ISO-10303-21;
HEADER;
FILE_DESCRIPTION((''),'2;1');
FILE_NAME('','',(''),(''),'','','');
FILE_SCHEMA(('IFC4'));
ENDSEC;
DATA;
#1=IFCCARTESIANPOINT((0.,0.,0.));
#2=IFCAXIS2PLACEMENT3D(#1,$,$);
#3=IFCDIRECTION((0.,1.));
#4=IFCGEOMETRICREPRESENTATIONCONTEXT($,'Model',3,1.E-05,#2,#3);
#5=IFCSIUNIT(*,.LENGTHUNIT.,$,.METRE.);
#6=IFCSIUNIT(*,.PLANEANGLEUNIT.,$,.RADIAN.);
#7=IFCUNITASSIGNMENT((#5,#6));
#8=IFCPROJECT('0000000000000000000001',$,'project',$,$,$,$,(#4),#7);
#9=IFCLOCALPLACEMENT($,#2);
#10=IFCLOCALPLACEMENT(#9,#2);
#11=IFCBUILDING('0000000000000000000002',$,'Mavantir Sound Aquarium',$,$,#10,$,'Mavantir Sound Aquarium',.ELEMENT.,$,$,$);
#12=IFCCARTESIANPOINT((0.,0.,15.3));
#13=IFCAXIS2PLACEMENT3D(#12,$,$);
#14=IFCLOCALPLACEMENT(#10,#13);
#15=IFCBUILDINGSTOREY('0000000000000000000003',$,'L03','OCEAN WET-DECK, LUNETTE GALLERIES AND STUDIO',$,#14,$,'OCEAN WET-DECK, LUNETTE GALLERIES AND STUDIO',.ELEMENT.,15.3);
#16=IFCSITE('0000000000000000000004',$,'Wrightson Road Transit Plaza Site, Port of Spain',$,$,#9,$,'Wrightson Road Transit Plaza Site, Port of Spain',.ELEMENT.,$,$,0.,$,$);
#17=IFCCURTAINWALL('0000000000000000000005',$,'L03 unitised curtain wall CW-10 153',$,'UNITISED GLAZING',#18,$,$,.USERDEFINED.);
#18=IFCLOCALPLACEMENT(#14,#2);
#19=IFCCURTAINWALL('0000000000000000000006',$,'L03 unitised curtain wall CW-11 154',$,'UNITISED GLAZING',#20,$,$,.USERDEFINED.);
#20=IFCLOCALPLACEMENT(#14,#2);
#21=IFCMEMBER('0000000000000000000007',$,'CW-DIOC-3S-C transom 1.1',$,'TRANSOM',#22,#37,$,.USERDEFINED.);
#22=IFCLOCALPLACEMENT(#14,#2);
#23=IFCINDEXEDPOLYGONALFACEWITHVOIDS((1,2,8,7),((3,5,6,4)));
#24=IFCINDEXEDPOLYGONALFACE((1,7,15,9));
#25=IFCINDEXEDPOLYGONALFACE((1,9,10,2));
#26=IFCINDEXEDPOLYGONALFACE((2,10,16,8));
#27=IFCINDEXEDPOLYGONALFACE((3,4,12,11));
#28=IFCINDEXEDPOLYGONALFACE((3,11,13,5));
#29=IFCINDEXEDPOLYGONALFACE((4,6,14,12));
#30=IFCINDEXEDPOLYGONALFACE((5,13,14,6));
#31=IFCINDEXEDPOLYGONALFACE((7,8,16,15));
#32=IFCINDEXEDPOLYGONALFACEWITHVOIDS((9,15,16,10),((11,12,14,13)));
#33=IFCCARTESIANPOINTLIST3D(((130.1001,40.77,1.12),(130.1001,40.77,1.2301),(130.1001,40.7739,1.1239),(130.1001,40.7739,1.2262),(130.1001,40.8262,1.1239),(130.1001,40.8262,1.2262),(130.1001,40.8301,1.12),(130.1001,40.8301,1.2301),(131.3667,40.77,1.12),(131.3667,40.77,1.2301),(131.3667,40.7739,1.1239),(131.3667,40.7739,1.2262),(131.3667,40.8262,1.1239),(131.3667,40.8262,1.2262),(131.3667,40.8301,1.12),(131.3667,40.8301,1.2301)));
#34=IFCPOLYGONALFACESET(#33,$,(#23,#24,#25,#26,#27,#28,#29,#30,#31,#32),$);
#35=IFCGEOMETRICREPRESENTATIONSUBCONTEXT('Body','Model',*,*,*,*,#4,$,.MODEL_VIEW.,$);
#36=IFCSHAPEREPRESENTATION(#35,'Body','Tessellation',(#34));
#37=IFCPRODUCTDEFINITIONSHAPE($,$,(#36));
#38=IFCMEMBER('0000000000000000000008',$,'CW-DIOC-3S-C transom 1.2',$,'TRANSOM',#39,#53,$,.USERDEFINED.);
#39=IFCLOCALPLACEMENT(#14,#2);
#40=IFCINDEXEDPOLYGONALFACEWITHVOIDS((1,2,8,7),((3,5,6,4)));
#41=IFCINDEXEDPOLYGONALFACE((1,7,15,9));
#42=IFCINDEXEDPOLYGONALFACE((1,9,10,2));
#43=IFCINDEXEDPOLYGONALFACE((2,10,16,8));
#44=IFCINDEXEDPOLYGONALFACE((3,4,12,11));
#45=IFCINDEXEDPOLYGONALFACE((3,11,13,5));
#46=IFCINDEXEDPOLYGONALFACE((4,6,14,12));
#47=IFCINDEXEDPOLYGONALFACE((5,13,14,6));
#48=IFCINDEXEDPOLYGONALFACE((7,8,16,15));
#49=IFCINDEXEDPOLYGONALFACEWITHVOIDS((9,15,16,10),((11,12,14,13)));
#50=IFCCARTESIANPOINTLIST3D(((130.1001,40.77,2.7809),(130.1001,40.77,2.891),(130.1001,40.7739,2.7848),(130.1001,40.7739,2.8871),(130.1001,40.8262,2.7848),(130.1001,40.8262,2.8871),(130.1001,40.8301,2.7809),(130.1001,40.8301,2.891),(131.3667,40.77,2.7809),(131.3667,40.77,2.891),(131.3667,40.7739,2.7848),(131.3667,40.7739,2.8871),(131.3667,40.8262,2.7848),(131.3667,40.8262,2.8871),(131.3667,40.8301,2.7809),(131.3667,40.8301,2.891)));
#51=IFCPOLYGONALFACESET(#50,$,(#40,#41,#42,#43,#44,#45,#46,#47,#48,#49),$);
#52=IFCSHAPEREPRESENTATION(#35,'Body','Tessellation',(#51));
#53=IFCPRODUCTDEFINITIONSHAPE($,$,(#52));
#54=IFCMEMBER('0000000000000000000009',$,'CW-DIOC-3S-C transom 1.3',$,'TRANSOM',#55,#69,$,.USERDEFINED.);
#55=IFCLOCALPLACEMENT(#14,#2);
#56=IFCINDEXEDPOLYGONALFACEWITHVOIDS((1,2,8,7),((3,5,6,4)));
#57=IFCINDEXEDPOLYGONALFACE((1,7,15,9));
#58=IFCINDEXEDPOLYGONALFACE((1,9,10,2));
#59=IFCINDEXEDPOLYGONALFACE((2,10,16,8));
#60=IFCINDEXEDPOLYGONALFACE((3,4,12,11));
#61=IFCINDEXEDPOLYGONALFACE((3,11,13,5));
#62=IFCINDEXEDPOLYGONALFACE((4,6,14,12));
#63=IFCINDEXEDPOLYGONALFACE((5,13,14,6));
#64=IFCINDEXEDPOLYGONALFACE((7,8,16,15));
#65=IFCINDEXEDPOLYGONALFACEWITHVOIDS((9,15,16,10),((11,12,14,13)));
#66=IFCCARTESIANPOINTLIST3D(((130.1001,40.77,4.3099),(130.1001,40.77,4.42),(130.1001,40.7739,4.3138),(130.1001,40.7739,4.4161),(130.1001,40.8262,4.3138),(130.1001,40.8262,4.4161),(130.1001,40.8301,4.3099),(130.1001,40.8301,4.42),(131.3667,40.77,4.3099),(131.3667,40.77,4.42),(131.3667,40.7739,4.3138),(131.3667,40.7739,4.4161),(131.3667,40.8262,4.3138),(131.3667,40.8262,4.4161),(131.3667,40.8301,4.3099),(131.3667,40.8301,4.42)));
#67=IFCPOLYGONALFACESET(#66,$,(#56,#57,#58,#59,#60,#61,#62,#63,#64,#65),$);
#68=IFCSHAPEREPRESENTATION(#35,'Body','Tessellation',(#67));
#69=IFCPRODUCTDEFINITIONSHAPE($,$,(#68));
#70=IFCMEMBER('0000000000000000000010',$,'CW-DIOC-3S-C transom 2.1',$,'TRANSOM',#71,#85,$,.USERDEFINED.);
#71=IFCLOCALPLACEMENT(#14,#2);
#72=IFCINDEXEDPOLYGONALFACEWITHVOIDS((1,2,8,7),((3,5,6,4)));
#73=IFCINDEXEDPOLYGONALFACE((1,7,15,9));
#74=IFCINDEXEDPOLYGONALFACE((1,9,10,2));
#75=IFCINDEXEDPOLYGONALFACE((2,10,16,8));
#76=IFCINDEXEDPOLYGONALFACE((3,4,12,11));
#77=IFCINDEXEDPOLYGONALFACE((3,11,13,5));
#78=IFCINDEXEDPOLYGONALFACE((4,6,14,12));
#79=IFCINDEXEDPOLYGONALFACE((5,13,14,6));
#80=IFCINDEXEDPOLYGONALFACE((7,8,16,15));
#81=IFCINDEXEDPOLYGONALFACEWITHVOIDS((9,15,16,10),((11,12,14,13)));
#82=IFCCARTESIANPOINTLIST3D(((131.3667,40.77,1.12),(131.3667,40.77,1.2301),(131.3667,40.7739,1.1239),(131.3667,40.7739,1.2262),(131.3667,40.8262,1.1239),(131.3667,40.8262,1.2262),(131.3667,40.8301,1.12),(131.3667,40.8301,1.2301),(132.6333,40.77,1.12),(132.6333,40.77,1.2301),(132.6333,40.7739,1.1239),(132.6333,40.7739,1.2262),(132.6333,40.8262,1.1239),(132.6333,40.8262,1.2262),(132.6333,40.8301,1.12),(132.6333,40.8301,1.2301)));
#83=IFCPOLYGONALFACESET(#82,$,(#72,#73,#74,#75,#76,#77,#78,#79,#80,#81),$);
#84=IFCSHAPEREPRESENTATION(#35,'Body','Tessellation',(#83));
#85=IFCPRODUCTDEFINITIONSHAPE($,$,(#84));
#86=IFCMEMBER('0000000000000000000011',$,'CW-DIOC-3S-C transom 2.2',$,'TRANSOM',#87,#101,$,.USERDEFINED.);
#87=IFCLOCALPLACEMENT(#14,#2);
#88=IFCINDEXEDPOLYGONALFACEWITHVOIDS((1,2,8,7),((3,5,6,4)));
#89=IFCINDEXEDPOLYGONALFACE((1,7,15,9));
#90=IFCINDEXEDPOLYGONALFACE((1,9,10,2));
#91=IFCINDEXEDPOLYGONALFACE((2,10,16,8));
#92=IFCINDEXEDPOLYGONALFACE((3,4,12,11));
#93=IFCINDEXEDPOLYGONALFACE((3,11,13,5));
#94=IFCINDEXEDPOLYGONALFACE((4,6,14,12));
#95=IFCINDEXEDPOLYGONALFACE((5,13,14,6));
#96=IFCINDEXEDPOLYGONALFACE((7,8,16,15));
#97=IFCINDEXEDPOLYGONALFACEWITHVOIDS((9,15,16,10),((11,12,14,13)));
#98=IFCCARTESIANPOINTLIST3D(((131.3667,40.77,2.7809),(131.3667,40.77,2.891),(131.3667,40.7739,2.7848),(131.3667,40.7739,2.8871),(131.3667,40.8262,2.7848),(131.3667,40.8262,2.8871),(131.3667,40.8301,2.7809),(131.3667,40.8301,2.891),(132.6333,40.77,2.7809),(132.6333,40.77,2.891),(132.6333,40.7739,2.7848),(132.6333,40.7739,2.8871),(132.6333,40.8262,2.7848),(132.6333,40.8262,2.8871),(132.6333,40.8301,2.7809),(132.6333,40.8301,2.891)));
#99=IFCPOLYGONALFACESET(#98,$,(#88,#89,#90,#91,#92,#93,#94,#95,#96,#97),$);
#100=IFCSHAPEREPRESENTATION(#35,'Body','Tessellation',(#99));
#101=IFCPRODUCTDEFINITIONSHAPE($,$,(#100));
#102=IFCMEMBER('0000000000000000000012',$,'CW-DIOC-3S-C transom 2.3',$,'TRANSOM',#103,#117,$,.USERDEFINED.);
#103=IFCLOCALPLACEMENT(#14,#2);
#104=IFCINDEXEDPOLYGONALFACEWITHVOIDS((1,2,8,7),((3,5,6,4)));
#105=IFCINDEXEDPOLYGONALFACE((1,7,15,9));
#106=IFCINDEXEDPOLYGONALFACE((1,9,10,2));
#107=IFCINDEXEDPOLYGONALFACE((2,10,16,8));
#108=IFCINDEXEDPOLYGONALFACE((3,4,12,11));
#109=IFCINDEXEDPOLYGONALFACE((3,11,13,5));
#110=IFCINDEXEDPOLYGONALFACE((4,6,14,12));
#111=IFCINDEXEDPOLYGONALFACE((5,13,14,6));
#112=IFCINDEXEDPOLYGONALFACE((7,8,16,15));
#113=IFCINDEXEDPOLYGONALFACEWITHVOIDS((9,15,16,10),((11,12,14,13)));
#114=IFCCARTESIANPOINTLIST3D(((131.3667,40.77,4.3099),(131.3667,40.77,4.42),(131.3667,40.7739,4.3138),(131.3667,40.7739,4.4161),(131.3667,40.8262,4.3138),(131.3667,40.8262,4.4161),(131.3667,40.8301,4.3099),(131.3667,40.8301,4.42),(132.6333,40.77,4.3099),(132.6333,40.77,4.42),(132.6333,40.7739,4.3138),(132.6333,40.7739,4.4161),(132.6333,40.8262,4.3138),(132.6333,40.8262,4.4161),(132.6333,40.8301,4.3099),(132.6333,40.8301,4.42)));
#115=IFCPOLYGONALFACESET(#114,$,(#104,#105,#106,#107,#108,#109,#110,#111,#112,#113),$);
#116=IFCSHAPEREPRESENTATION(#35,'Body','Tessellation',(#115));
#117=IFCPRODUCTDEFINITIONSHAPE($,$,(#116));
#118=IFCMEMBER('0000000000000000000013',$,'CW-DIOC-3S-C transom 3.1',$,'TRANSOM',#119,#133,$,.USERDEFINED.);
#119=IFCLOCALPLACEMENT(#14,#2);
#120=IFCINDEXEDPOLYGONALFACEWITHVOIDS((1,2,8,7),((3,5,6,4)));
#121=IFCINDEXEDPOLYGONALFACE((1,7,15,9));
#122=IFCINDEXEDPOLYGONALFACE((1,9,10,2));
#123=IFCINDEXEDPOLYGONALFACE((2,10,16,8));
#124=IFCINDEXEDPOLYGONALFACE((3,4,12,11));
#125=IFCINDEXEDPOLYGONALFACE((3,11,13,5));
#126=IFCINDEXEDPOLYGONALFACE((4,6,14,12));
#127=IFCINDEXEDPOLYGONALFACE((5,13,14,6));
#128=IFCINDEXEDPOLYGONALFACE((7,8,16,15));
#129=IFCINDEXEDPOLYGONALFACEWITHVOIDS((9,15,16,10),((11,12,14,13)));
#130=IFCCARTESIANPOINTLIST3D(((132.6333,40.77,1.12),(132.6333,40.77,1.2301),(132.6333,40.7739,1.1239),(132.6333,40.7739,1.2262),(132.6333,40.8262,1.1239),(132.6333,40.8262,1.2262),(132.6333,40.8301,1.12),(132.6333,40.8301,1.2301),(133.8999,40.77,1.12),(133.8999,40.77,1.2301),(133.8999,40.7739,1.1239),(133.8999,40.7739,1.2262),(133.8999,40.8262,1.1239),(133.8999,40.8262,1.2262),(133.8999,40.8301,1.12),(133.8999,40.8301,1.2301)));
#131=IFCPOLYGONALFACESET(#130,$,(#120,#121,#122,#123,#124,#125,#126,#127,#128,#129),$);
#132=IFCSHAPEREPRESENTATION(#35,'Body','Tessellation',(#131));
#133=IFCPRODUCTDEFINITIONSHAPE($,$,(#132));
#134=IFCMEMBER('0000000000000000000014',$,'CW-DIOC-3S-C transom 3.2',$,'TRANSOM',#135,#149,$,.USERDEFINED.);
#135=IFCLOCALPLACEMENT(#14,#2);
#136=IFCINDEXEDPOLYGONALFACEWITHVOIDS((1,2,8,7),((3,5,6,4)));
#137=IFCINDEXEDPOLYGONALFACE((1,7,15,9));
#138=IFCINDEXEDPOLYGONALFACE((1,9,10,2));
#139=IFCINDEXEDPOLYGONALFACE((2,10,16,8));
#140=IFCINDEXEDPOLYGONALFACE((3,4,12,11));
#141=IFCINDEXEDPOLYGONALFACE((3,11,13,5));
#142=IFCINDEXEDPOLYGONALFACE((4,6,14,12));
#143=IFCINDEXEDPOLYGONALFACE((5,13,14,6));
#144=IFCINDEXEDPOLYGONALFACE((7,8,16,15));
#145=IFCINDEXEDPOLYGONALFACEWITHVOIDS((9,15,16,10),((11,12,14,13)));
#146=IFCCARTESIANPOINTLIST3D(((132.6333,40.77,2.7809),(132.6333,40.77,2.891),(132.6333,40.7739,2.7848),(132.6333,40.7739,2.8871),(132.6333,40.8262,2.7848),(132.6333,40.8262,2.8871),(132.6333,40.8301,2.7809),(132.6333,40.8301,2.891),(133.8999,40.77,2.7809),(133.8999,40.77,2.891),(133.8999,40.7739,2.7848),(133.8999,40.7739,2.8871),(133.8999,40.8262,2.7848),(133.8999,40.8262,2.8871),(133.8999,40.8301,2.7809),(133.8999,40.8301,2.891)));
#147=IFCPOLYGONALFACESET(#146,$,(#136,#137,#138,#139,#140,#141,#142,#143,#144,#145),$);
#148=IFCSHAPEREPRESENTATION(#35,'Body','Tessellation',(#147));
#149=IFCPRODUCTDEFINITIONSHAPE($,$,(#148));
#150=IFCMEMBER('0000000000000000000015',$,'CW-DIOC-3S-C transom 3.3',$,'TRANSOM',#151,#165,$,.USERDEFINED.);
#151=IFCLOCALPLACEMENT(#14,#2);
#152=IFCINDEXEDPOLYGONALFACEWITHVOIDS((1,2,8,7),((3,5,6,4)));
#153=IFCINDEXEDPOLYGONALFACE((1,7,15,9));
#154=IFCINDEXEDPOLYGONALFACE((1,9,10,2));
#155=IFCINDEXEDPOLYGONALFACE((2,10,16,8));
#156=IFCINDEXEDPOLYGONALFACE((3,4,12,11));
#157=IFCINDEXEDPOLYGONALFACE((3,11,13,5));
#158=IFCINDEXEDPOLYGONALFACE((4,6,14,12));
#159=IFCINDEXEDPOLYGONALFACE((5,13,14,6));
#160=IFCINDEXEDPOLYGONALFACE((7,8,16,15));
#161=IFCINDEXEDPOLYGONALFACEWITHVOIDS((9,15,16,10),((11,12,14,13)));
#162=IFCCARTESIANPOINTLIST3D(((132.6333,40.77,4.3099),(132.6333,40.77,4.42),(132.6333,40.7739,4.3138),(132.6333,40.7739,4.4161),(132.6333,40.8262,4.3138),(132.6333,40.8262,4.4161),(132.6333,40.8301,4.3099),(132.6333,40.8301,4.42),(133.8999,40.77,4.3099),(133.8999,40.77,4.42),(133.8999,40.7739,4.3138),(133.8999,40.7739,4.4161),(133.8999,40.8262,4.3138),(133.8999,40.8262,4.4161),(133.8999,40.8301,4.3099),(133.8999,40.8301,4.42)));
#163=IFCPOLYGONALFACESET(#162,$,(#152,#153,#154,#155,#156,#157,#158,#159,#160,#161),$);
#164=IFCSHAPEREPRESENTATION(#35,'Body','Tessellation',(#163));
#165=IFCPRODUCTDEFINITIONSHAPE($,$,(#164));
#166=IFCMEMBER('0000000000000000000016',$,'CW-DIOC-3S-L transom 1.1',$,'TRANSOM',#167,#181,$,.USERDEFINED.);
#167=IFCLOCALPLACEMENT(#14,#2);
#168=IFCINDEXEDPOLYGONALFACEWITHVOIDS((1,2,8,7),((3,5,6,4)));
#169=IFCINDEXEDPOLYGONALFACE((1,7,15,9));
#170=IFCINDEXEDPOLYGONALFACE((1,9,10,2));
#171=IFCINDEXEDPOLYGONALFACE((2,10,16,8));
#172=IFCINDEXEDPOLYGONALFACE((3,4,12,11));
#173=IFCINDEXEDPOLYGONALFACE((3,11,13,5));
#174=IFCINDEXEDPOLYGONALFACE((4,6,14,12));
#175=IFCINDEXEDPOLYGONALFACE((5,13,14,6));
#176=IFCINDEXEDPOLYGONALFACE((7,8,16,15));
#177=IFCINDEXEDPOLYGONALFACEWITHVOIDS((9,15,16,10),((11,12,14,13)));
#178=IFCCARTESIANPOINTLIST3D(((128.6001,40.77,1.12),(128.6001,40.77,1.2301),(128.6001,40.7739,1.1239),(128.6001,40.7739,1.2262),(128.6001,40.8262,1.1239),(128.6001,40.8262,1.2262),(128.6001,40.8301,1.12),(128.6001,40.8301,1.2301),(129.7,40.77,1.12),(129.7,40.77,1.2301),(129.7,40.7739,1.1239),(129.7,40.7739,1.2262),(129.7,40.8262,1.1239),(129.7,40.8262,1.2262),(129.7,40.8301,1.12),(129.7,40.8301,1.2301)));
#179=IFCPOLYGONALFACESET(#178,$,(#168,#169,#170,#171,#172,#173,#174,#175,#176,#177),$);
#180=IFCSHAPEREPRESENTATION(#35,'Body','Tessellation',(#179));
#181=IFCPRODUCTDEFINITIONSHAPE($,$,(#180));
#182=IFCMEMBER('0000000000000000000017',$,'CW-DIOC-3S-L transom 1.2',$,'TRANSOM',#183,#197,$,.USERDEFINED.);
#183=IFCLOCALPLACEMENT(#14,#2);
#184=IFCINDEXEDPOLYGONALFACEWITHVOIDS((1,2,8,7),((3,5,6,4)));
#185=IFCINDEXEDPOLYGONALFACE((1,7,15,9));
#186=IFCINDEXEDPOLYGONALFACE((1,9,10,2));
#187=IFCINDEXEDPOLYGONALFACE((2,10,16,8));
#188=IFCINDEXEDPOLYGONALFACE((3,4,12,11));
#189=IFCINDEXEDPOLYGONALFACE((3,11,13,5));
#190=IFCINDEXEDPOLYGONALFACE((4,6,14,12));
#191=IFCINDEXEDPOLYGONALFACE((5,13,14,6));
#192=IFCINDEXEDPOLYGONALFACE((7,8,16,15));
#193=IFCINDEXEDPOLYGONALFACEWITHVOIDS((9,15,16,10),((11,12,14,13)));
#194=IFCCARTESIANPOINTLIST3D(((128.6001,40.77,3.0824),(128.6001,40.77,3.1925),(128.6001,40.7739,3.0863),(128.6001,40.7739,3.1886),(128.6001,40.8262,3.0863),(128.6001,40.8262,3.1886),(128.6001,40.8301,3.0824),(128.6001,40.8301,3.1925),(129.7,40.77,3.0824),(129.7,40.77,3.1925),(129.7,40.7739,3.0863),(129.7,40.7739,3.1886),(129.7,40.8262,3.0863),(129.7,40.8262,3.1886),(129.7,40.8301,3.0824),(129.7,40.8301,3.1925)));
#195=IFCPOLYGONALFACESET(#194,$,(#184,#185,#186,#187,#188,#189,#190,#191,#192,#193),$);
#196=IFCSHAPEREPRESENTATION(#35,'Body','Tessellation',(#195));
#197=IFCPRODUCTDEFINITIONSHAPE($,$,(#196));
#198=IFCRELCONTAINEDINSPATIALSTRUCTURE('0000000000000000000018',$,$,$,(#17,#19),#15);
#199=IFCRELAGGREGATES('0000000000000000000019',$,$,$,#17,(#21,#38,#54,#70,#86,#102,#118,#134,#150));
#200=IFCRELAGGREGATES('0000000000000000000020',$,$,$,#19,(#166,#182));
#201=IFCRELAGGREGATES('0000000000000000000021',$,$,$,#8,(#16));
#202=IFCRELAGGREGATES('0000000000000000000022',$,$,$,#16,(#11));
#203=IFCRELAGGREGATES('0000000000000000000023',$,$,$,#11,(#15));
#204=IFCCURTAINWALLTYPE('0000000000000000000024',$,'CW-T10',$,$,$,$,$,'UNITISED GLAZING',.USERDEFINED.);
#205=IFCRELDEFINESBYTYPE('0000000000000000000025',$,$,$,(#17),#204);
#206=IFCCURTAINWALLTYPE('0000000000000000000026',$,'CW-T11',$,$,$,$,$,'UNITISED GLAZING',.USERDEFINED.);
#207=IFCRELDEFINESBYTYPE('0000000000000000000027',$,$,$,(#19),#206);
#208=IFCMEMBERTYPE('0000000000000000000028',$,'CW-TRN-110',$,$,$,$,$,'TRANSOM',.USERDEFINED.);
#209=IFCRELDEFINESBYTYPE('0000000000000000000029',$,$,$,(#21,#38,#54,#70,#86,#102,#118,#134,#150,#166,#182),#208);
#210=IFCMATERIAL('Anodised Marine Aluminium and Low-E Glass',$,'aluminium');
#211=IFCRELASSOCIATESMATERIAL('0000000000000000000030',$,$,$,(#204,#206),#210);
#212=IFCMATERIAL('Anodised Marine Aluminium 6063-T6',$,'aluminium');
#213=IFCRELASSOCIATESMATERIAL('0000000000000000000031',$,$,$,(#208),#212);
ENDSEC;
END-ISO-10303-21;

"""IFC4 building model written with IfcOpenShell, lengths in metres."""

from ifc_helpers import new_model, si_unit, direction, frame, origin, origin_2d, place, context, subcontext, project, spatial, hollow_rectangle, extrude, material, material_profile, profile_set, type_object, element, aggregate, save


model = new_model("IFC4")

# Units and contexts
model_context = context("Model", 3, precision=1e-05, world=origin(), true_north=direction((0.0, 1.0)))
body_context = subcontext(model_context, "Body", "Model", "MODEL_VIEW")
ifc_project = project(units=[si_unit("LENGTHUNIT", "METRE"), si_unit("PLANEANGLEUNIT", "RADIAN")], contexts=[model_context])

# Site, building, storey
site_placement = place(None, origin())
site = spatial("IfcSite", under=ifc_project, at=site_placement, Name="Wrightson Road Transit Plaza Site, Port of Spain", LongName="Wrightson Road Transit Plaza Site, Port of Spain", CompositionType="ELEMENT", RefElevation=0.0)
building_placement = place(site_placement, origin())
building = spatial("IfcBuilding", under=site, at=building_placement, Name="Mavantir Sound Aquarium", LongName="Mavantir Sound Aquarium", CompositionType="ELEMENT")
storey_placement = place(building_placement, frame((0.0, 0.0, 15.3)))
storey = spatial("IfcBuildingStorey", under=building, at=storey_placement, Name="L03", Description="OCEAN WET-DECK, LUNETTE GALLERIES AND STUDIO", LongName="OCEAN WET-DECK, LUNETTE GALLERIES AND STUDIO", CompositionType="ELEMENT", Elevation=15.3)

# Shared definitions
ifc_material_1 = material(Name="Anodised Marine Aluminium and Low-E Glass", Category="aluminium")
ifc_material_2 = material(Name="Anodised Marine Aluminium 6063-T6", Category="aluminium")

# Curtain walls
curtain_wall_type_1 = type_object("IfcCurtainWallType", Name="CW-T10", ElementType="UNITISED GLAZING", PredefinedType="USERDEFINED", material=ifc_material_1)
curtain_wall_1_placement = place(storey_placement, origin())
curtain_wall_1 = element("IfcCurtainWall", 1, at=curtain_wall_1_placement, inside=storey, type_object=curtain_wall_type_1, Name="L03 unitised curtain wall CW-10 153", ObjectType="UNITISED GLAZING", PredefinedType="USERDEFINED")
curtain_wall_type_2 = type_object("IfcCurtainWallType", Name="CW-T11", ElementType="UNITISED GLAZING", PredefinedType="USERDEFINED", material=ifc_material_1)
curtain_wall_2_placement = place(storey_placement, origin())
curtain_wall_2 = element("IfcCurtainWall", 2, at=curtain_wall_2_placement, inside=storey, type_object=curtain_wall_type_2, Name="L03 unitised curtain wall CW-11 154", ObjectType="UNITISED GLAZING", PredefinedType="USERDEFINED")

# Members
ifc_material_profile_1 = material_profile(ifc_material_2, hollow_rectangle(XDim=0.0601, YDim=0.1101, WallThickness=0.0039, at=origin_2d()), Name="ALU-TRANSOM-110X60")
ifc_profile_set_1 = profile_set([ifc_material_profile_1], Name="Anodised Marine Aluminium 6063-T6")
member_type_1 = type_object("IfcMemberType", Name="CW-TRN-110", ElementType="TRANSOM", PredefinedType="USERDEFINED", material=ifc_profile_set_1)
member_1_placement = place(storey_placement, frame((130.1001, 40.8, 1.175), z_axis=(1.0, 0.0, 0.0), x_axis=(0.0, 1.0, 0.0)))
member_1 = element("IfcMember", 3, at=member_1_placement, type_object=member_type_1, Name="CW-DIOC-3S-C transom 1.1", ObjectType="TRANSOM", PredefinedType="USERDEFINED", context=body_context, shape_type="SweptSolid", body=[
    extrude(hollow_rectangle(XDim=0.0601, YDim=0.1101, WallThickness=0.0039, at=origin_2d()), origin(), (0.0, 0.0, 1.0), 1.2666),
])
member_2_placement = place(storey_placement, frame((130.1001, 40.8, 2.8359), z_axis=(1.0, 0.0, 0.0), x_axis=(0.0, 1.0, 0.0)))
member_2 = element("IfcMember", 4, at=member_2_placement, type_object=member_type_1, Name="CW-DIOC-3S-C transom 1.2", ObjectType="TRANSOM", PredefinedType="USERDEFINED", context=body_context, shape_type="SweptSolid", body=[
    extrude(hollow_rectangle(XDim=0.0601, YDim=0.1101, WallThickness=0.0039, at=origin_2d()), origin(), (0.0, 0.0, 1.0), 1.2666),
])
member_3_placement = place(storey_placement, frame((130.1001, 40.8, 4.365), z_axis=(1.0, 0.0, 0.0), x_axis=(0.0, 1.0, 0.0)))
member_3 = element("IfcMember", 5, at=member_3_placement, type_object=member_type_1, Name="CW-DIOC-3S-C transom 1.3", ObjectType="TRANSOM", PredefinedType="USERDEFINED", context=body_context, shape_type="SweptSolid", body=[
    extrude(hollow_rectangle(XDim=0.0601, YDim=0.1101, WallThickness=0.0039, at=origin_2d()), origin(), (0.0, 0.0, 1.0), 1.2666),
])
member_4_placement = place(storey_placement, frame((131.3667, 40.8, 1.175), z_axis=(1.0, 0.0, 0.0), x_axis=(0.0, 1.0, 0.0)))
member_4 = element("IfcMember", 6, at=member_4_placement, type_object=member_type_1, Name="CW-DIOC-3S-C transom 2.1", ObjectType="TRANSOM", PredefinedType="USERDEFINED", context=body_context, shape_type="SweptSolid", body=[
    extrude(hollow_rectangle(XDim=0.0601, YDim=0.1101, WallThickness=0.0039, at=origin_2d()), origin(), (0.0, 0.0, 1.0), 1.2666),
])
member_5_placement = place(storey_placement, frame((131.3667, 40.8, 2.8359), z_axis=(1.0, 0.0, 0.0), x_axis=(0.0, 1.0, 0.0)))
member_5 = element("IfcMember", 7, at=member_5_placement, type_object=member_type_1, Name="CW-DIOC-3S-C transom 2.2", ObjectType="TRANSOM", PredefinedType="USERDEFINED", context=body_context, shape_type="SweptSolid", body=[
    extrude(hollow_rectangle(XDim=0.0601, YDim=0.1101, WallThickness=0.0039, at=origin_2d()), origin(), (0.0, 0.0, 1.0), 1.2666),
])
member_6_placement = place(storey_placement, frame((131.3667, 40.8, 4.365), z_axis=(1.0, 0.0, 0.0), x_axis=(0.0, 1.0, 0.0)))
member_6 = element("IfcMember", 8, at=member_6_placement, type_object=member_type_1, Name="CW-DIOC-3S-C transom 2.3", ObjectType="TRANSOM", PredefinedType="USERDEFINED", context=body_context, shape_type="SweptSolid", body=[
    extrude(hollow_rectangle(XDim=0.0601, YDim=0.1101, WallThickness=0.0039, at=origin_2d()), origin(), (0.0, 0.0, 1.0), 1.2666),
])
member_7_placement = place(storey_placement, frame((132.6333, 40.8, 1.175), z_axis=(1.0, 0.0, 0.0), x_axis=(0.0, 1.0, 0.0)))
member_7 = element("IfcMember", 9, at=member_7_placement, type_object=member_type_1, Name="CW-DIOC-3S-C transom 3.1", ObjectType="TRANSOM", PredefinedType="USERDEFINED", context=body_context, shape_type="SweptSolid", body=[
    extrude(hollow_rectangle(XDim=0.0601, YDim=0.1101, WallThickness=0.0039, at=origin_2d()), origin(), (0.0, 0.0, 1.0), 1.2666),
])
member_8_placement = place(storey_placement, frame((132.6333, 40.8, 2.8359), z_axis=(1.0, 0.0, 0.0), x_axis=(0.0, 1.0, 0.0)))
member_8 = element("IfcMember", 10, at=member_8_placement, type_object=member_type_1, Name="CW-DIOC-3S-C transom 3.2", ObjectType="TRANSOM", PredefinedType="USERDEFINED", context=body_context, shape_type="SweptSolid", body=[
    extrude(hollow_rectangle(XDim=0.0601, YDim=0.1101, WallThickness=0.0039, at=origin_2d()), origin(), (0.0, 0.0, 1.0), 1.2666),
])
member_9_placement = place(storey_placement, frame((132.6333, 40.8, 4.365), z_axis=(1.0, 0.0, 0.0), x_axis=(0.0, 1.0, 0.0)))
member_9 = element("IfcMember", 11, at=member_9_placement, type_object=member_type_1, Name="CW-DIOC-3S-C transom 3.3", ObjectType="TRANSOM", PredefinedType="USERDEFINED", context=body_context, shape_type="SweptSolid", body=[
    extrude(hollow_rectangle(XDim=0.0601, YDim=0.1101, WallThickness=0.0039, at=origin_2d()), origin(), (0.0, 0.0, 1.0), 1.2666),
])
member_10_placement = place(storey_placement, frame((128.6001, 40.8, 1.175), z_axis=(1.0, 0.0, 0.0), x_axis=(0.0, 1.0, 0.0)))
member_10 = element("IfcMember", 12, at=member_10_placement, type_object=member_type_1, Name="CW-DIOC-3S-L transom 1.1", ObjectType="TRANSOM", PredefinedType="USERDEFINED", context=body_context, shape_type="SweptSolid", body=[
    extrude(hollow_rectangle(XDim=0.0601, YDim=0.1101, WallThickness=0.0039, at=origin_2d()), origin(), (0.0, 0.0, 1.0), 1.0999),
])
member_11_placement = place(storey_placement, frame((128.6001, 40.8, 3.1375), z_axis=(1.0, 0.0, 0.0), x_axis=(0.0, 1.0, 0.0)))
member_11 = element("IfcMember", 13, at=member_11_placement, type_object=member_type_1, Name="CW-DIOC-3S-L transom 1.2", ObjectType="TRANSOM", PredefinedType="USERDEFINED", context=body_context, shape_type="SweptSolid", body=[
    extrude(hollow_rectangle(XDim=0.0601, YDim=0.1101, WallThickness=0.0039, at=origin_2d()), origin(), (0.0, 0.0, 1.0), 1.0999),
])

aggregate(curtain_wall_1, [member_1, member_2, member_3, member_4, member_5, member_6, member_7, member_8, member_9])
aggregate(curtain_wall_2, [member_10, member_11])

save(model, "model.ifc")
